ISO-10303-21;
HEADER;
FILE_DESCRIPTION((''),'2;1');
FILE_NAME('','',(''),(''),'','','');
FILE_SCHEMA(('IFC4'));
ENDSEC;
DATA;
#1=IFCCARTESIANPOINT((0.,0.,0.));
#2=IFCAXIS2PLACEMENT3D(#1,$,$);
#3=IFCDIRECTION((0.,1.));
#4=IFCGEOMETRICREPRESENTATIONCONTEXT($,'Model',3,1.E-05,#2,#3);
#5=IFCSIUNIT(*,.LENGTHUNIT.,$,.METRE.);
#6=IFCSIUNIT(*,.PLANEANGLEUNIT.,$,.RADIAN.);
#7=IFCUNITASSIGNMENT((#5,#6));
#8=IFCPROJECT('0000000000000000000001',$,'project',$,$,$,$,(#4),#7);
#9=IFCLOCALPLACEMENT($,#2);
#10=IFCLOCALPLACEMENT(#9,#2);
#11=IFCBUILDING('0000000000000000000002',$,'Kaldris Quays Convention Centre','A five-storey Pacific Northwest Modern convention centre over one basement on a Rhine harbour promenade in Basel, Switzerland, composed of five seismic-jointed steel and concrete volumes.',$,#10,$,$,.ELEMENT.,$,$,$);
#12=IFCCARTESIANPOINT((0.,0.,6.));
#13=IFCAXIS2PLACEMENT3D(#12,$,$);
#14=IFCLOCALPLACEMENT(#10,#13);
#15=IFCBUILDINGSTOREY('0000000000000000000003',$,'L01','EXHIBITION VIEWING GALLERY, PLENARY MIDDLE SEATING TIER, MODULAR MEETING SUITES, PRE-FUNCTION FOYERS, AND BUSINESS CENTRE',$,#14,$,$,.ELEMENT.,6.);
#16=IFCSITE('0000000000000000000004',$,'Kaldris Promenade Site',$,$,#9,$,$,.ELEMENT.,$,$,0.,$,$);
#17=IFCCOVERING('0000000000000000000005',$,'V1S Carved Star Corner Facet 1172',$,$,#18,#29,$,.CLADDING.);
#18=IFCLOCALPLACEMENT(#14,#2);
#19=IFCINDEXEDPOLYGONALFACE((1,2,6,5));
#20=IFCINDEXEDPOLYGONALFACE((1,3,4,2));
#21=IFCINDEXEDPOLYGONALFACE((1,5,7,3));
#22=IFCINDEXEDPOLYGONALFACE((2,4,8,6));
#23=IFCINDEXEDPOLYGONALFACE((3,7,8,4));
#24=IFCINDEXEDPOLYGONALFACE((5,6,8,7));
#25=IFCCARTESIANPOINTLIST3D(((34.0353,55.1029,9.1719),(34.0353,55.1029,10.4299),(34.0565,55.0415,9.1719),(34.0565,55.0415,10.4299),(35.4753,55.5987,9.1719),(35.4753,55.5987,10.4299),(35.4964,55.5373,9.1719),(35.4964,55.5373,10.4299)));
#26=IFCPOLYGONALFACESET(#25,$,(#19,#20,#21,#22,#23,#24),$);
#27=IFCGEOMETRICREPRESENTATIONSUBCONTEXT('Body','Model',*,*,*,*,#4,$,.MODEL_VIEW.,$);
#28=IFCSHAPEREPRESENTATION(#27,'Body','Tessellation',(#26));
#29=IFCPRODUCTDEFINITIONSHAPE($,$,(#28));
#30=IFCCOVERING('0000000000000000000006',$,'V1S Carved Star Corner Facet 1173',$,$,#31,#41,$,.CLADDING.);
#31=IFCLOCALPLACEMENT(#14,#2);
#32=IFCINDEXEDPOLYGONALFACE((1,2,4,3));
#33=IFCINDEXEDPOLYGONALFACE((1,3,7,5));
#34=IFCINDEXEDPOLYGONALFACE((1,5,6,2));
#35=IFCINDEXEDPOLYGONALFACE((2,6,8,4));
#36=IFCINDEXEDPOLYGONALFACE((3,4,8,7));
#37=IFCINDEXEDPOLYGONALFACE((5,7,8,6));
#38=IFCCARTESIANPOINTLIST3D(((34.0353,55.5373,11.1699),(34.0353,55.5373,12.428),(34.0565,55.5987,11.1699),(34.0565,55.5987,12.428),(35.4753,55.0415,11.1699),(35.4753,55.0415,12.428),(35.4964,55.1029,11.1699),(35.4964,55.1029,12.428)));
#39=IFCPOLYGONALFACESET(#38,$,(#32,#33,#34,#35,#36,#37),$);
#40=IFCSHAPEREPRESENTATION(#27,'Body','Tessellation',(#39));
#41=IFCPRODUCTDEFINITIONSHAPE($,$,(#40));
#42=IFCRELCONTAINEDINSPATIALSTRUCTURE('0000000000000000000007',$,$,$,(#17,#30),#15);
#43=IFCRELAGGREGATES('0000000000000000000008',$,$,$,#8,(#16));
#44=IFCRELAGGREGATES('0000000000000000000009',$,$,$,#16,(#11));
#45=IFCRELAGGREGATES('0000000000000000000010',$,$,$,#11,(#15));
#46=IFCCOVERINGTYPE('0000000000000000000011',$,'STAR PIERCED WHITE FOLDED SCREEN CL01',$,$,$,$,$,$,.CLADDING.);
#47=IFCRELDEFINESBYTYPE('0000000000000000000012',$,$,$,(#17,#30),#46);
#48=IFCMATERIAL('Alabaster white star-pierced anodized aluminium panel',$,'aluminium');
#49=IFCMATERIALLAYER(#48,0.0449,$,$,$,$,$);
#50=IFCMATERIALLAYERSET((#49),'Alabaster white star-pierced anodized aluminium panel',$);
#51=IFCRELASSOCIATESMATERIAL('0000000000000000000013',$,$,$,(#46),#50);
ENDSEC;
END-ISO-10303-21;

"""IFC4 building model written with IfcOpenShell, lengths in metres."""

from ifc_helpers import new_model, si_unit, direction, frame, origin, origin_2d, place, context, subcontext, project, spatial, rectangle, extrude, material, layer, layer_set, type_object, element, save


model = new_model("IFC4")

# Units and contexts
model_context = context("Model", 3, precision=1e-05, world=origin(), true_north=direction((0.0, 1.0)))
body_context = subcontext(model_context, "Body", "Model", "MODEL_VIEW")
ifc_project = project(units=[si_unit("LENGTHUNIT", "METRE"), si_unit("PLANEANGLEUNIT", "RADIAN")], contexts=[model_context])

# Site, building, storey
site_placement = place(None, origin())
site = spatial("IfcSite", under=ifc_project, at=site_placement, Name="Kaldris Promenade Site", CompositionType="ELEMENT", RefElevation=0.0)
building_placement = place(site_placement, origin())
building = spatial("IfcBuilding", under=site, at=building_placement, Name="Kaldris Quays Convention Centre", Description="A five-storey Pacific Northwest Modern convention centre over one basement on a Rhine harbour promenade in Basel, Switzerland, composed of five seismic-jointed steel and concrete volumes.", CompositionType="ELEMENT")
storey_placement = place(building_placement, frame((0.0, 0.0, 6.0)))
storey = spatial("IfcBuildingStorey", under=building, at=storey_placement, Name="L01", Description="EXHIBITION VIEWING GALLERY, PLENARY MIDDLE SEATING TIER, MODULAR MEETING SUITES, PRE-FUNCTION FOYERS, AND BUSINESS CENTRE", CompositionType="ELEMENT", Elevation=6.0)

# Coverings
ifc_material_1 = material(Name="Alabaster white star-pierced anodized aluminium panel", Category="aluminium")
ifc_layer = layer(ifc_material_1, 0.0449)
ifc_layer_set = layer_set([ifc_layer], Name="Alabaster white star-pierced anodized aluminium panel")
covering_type = type_object("IfcCoveringType", Name="STAR PIERCED WHITE FOLDED SCREEN CL01", PredefinedType="CLADDING", material=ifc_layer_set)
for number, where, z_axis, x_axis, name in (
    (1, (34.7659, 55.3201, 9.1719), (0.0, 0.0, 1.0), (0.945519, 0.325568, 0.0), "V1S Carved Star Corner Facet 1172"),
    (2, (34.7659, 55.3201, 11.1699), (0.0, 0.0, 1.0), (0.945519, -0.325568, 0.0), "V1S Carved Star Corner Facet 1173"),
):
    element("IfcCovering", number, at=place(storey_placement, frame(where, z_axis=z_axis, x_axis=x_axis)), inside=storey, type_object=covering_type, Name=name, PredefinedType="CLADDING", context=body_context, shape_type="SweptSolid", body=[
        extrude(rectangle(XDim=1.5229, YDim=0.0649, at=origin_2d()), origin(), (0.0, 0.0, 1.0), 1.2581),
    ])

save(model, "model.ifc")
